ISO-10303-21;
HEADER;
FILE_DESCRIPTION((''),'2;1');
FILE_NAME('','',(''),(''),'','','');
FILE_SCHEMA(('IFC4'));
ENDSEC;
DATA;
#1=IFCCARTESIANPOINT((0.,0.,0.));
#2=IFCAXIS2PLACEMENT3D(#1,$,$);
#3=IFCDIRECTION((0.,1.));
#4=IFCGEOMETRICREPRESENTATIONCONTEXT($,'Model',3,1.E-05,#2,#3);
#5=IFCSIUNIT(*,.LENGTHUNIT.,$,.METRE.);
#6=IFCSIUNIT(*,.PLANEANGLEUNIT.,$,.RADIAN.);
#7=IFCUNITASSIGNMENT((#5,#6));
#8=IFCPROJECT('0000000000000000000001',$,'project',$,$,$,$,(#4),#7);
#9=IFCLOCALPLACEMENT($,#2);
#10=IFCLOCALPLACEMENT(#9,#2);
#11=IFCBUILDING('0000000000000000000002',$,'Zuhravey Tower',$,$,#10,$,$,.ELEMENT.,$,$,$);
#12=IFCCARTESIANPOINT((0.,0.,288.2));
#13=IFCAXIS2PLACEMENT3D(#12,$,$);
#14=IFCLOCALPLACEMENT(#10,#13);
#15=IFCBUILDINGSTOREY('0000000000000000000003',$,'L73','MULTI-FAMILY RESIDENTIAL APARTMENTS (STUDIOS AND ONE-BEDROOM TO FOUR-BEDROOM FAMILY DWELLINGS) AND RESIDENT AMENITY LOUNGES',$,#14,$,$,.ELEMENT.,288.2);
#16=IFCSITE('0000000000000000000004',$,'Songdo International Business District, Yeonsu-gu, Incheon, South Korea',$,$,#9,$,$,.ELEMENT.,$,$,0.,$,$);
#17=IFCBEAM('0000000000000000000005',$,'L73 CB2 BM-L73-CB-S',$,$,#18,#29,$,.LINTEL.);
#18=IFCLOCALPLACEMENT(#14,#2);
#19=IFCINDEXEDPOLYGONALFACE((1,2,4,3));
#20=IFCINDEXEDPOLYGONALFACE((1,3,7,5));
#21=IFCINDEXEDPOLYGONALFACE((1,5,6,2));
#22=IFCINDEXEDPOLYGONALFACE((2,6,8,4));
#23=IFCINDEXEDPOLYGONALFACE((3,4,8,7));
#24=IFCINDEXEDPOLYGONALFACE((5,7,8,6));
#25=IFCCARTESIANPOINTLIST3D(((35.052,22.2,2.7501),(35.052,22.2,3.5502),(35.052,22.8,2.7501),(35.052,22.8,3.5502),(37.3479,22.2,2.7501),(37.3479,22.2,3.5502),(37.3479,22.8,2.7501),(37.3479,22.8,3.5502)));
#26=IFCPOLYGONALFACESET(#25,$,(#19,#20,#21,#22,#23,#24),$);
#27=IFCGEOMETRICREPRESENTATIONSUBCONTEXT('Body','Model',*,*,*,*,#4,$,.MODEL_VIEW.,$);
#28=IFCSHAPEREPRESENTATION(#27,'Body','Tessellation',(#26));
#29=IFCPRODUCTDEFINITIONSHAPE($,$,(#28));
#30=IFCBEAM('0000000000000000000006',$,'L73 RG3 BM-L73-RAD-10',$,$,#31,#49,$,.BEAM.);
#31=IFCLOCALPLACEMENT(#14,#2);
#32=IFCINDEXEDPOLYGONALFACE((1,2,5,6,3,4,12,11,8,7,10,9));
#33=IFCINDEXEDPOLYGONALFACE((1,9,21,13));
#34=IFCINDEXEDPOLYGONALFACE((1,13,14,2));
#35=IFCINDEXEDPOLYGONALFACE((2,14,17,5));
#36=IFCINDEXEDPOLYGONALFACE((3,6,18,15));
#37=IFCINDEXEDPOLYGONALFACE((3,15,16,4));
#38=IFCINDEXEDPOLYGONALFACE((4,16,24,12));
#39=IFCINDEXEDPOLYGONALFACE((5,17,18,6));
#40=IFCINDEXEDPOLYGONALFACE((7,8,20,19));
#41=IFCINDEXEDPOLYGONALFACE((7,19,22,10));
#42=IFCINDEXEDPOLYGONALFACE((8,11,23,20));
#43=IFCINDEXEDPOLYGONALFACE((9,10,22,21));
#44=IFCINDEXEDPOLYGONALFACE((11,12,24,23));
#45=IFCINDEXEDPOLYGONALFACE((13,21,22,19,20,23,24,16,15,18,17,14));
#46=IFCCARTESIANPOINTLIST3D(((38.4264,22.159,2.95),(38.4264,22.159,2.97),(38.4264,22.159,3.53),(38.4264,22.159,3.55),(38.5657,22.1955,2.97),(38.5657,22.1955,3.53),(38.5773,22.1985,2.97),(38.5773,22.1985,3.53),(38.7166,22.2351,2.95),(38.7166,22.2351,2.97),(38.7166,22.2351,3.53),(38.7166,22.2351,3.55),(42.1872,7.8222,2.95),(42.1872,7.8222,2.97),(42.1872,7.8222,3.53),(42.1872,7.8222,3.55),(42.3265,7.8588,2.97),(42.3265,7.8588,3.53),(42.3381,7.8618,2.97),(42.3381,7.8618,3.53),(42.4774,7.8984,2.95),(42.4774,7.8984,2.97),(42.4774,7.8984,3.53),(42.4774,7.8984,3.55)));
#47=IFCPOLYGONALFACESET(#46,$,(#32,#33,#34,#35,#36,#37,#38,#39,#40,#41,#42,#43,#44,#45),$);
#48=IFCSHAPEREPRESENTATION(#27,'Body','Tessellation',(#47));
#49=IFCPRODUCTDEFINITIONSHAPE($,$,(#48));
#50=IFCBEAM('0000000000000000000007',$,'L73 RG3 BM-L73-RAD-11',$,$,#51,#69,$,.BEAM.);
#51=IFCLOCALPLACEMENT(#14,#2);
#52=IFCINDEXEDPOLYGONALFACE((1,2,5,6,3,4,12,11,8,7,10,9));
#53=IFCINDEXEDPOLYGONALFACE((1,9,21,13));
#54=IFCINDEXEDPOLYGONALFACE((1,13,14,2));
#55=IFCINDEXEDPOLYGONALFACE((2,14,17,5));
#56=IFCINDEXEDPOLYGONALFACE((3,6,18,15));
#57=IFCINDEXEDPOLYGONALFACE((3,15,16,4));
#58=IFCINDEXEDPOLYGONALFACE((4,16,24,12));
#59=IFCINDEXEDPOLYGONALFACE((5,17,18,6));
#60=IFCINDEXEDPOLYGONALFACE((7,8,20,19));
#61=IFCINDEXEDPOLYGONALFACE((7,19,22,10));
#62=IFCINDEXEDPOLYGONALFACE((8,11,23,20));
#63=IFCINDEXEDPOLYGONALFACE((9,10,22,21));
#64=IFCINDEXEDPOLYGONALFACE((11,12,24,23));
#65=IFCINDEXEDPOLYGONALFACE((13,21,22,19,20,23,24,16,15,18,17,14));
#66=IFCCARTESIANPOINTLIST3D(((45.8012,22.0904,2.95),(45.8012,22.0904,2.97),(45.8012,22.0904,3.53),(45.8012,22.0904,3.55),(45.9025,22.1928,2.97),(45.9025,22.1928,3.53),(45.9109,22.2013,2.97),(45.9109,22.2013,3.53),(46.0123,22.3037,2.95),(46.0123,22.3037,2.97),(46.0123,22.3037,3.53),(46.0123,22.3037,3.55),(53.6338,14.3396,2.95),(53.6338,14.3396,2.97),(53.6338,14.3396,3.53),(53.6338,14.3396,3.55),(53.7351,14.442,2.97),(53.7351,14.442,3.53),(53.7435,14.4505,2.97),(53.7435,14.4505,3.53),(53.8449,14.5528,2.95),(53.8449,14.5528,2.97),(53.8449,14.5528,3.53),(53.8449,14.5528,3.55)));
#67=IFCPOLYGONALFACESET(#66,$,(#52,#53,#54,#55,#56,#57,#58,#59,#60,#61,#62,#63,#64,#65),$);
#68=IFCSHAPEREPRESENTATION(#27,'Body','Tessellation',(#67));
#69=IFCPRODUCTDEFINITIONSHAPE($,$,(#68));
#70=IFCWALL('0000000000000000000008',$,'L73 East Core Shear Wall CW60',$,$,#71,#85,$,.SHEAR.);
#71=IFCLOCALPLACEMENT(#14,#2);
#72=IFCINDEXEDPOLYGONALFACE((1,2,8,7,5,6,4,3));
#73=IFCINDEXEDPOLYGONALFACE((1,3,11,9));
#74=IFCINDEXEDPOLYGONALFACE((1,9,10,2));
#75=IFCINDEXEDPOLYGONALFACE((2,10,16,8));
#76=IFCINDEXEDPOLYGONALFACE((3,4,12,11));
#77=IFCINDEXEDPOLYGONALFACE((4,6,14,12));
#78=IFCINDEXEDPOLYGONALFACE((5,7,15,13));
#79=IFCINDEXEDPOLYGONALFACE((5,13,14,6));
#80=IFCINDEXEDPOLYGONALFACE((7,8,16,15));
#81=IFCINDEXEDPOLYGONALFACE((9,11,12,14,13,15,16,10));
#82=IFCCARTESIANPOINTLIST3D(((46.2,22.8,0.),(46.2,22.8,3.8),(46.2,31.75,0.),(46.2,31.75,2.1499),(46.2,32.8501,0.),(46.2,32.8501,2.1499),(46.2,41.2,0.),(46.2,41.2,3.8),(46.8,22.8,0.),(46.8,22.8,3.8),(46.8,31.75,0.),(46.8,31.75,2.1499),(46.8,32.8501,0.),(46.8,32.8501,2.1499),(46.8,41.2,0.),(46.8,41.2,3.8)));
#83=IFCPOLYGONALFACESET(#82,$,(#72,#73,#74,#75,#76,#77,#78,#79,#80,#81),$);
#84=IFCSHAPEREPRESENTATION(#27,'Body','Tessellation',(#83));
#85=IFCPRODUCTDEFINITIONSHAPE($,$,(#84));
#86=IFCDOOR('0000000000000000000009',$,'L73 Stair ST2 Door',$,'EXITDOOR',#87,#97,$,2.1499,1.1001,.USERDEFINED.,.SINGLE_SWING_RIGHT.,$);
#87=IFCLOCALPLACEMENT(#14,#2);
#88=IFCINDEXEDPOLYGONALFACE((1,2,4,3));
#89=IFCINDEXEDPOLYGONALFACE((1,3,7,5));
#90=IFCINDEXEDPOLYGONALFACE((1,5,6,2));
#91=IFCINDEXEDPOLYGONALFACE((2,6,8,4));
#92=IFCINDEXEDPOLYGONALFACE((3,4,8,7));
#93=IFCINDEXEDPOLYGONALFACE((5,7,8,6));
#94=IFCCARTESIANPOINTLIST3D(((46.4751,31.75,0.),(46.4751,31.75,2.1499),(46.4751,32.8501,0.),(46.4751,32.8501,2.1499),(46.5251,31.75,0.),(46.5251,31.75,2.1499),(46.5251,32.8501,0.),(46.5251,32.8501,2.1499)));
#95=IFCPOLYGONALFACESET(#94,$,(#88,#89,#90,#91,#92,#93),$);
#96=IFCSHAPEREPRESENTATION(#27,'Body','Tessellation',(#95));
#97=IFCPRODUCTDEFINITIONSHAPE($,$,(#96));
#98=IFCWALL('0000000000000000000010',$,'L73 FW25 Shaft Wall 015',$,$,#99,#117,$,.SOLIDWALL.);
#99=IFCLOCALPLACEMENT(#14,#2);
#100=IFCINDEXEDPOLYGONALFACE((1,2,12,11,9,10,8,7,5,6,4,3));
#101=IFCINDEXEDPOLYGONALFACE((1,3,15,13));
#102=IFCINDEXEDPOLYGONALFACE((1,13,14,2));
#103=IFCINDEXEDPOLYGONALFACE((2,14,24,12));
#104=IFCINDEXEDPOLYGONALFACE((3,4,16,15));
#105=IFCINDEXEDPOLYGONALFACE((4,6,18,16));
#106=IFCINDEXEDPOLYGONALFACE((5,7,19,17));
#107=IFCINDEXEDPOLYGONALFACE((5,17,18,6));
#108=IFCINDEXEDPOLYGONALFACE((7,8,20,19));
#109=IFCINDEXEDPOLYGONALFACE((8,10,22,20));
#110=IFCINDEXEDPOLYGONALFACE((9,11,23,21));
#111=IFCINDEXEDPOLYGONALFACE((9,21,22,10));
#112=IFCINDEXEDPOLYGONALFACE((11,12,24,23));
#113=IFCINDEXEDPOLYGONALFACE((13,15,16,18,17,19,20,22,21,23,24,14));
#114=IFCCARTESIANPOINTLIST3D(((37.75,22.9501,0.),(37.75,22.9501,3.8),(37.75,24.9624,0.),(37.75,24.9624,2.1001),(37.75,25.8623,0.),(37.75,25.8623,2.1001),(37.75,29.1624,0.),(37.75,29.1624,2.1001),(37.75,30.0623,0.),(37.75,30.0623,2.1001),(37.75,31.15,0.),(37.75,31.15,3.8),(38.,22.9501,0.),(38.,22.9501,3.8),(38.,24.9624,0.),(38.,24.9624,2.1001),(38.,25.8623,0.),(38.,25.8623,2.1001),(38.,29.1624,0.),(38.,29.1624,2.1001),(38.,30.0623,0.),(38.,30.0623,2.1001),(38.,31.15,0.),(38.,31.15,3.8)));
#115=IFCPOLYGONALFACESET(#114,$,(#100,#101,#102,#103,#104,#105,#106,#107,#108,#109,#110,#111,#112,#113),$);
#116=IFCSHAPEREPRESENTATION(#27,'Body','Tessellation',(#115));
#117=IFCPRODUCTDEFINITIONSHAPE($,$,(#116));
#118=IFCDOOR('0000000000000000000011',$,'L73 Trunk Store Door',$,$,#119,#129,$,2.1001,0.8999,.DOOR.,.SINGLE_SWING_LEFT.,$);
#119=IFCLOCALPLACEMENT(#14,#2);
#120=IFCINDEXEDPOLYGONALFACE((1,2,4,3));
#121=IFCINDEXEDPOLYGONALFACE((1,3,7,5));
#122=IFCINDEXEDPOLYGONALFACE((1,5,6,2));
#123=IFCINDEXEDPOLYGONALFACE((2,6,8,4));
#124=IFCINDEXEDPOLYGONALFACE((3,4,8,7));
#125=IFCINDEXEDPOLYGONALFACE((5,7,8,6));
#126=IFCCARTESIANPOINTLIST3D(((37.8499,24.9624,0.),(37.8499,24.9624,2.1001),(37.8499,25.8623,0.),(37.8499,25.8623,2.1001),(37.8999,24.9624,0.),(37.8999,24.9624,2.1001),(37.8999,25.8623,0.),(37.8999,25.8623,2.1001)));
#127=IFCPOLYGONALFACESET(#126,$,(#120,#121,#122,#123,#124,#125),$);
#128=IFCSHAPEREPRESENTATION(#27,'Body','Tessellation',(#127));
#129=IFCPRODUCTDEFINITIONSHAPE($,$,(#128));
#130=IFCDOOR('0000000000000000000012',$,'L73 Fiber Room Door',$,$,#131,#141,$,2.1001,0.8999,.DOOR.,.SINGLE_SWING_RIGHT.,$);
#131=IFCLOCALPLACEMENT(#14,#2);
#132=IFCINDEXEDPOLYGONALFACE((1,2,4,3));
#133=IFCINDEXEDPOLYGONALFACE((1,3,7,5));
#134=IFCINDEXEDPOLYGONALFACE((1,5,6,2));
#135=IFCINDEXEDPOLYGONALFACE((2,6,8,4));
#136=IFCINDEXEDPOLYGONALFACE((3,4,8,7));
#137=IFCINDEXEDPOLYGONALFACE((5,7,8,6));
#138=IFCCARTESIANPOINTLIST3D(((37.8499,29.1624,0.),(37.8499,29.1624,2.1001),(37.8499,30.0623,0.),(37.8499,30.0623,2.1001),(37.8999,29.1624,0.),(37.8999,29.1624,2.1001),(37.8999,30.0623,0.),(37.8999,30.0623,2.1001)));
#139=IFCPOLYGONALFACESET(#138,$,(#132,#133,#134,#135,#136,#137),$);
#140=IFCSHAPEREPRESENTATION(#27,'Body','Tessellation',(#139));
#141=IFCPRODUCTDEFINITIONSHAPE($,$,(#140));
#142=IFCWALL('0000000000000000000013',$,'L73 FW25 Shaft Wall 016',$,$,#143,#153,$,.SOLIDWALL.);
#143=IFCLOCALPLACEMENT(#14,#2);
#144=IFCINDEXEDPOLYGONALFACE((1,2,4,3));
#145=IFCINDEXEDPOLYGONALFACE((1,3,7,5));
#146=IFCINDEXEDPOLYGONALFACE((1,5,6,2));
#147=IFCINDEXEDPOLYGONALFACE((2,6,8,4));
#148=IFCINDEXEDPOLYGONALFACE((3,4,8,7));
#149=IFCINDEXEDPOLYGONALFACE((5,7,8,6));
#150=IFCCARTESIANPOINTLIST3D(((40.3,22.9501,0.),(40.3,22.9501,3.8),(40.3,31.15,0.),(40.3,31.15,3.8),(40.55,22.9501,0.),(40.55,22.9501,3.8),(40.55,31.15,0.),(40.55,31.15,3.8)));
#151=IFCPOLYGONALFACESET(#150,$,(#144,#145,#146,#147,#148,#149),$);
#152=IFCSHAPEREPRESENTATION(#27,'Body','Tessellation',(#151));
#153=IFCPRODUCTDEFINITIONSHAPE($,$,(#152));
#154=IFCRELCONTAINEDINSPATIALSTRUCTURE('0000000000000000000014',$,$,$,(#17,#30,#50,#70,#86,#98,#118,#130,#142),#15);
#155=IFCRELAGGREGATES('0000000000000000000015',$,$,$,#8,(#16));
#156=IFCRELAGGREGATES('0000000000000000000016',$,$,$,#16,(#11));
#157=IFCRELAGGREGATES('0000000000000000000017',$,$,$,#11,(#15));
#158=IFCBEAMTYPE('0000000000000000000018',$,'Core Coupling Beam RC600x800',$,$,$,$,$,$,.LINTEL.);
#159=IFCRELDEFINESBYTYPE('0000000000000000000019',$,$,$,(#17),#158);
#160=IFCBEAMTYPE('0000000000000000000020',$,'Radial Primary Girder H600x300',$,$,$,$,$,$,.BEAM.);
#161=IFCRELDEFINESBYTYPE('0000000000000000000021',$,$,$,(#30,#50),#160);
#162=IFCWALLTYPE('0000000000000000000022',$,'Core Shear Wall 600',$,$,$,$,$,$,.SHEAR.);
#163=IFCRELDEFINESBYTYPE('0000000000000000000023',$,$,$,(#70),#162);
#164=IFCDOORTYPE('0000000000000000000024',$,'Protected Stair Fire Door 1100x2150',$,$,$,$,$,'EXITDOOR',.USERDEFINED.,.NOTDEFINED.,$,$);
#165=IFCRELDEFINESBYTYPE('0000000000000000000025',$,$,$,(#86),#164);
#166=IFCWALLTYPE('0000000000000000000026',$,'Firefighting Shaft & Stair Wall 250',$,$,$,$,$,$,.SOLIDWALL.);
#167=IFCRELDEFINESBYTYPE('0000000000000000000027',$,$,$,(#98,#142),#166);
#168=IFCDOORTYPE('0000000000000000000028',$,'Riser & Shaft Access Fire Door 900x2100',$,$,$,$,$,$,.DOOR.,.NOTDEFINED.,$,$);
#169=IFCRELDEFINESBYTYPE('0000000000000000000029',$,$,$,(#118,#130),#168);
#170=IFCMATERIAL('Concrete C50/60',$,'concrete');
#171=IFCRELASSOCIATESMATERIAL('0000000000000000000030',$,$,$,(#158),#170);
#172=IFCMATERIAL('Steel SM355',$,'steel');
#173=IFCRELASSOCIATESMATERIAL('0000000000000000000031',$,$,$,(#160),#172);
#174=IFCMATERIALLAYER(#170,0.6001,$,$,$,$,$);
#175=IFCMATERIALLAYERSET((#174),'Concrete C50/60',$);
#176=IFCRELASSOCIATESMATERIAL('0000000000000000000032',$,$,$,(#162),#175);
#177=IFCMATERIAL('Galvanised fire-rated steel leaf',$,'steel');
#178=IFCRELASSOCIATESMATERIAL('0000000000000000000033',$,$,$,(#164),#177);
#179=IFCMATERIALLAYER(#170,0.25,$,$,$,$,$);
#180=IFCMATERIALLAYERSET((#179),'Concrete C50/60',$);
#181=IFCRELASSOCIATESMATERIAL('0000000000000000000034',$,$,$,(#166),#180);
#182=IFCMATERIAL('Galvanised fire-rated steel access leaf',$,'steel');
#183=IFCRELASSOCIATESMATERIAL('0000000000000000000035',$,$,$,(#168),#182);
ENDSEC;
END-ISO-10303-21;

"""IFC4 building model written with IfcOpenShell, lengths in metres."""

from ifc_helpers import new_model, si_unit, direction, frame, frame_2d, origin, origin_2d, place, context, subcontext, project, spatial, rectangle, i_section, extrude, material, layer, layer_set, material_profile, profile_set, type_object, element, fill, save


model = new_model("IFC4")

# Units and contexts
model_context = context("Model", 3, precision=1e-05, world=origin(), true_north=direction((0.0, 1.0)))
body_context = subcontext(model_context, "Body", "Model", "MODEL_VIEW")
ifc_project = project(units=[si_unit("LENGTHUNIT", "METRE"), si_unit("PLANEANGLEUNIT", "RADIAN")], contexts=[model_context])

# Site, building, storey
site_placement = place(None, origin())
site = spatial("IfcSite", under=ifc_project, at=site_placement, Name="Songdo International Business District, Yeonsu-gu, Incheon, South Korea", CompositionType="ELEMENT", RefElevation=0.0)
building_placement = place(site_placement, origin())
building = spatial("IfcBuilding", under=site, at=building_placement, Name="Zuhravey Tower", CompositionType="ELEMENT")
storey_placement = place(building_placement, frame((0.0, 0.0, 288.2)))
storey = spatial("IfcBuildingStorey", under=building, at=storey_placement, Name="L73", Description="MULTI-FAMILY RESIDENTIAL APARTMENTS (STUDIOS AND ONE-BEDROOM TO FOUR-BEDROOM FAMILY DWELLINGS) AND RESIDENT AMENITY LOUNGES", CompositionType="ELEMENT", Elevation=288.2)

# Beams
ifc_material_1 = material(Name="Concrete C50/60", Category="concrete")
ifc_material_profile_1 = material_profile(ifc_material_1, rectangle(XDim=0.6001, YDim=0.8, at=origin_2d()), Name="RC-600x800")
ifc_profile_set_1 = profile_set([ifc_material_profile_1], Name="Concrete C50/60")
beam_type_1 = type_object("IfcBeamType", Name="Core Coupling Beam RC600x800", PredefinedType="LINTEL", material=ifc_profile_set_1)
beam_1_placement = place(storey_placement, frame((35.052, 22.5, 3.1501), z_axis=(1.0, 0.0, 0.0), x_axis=(0.0, 1.0, 0.0)))
element("IfcBeam", 1, at=beam_1_placement, inside=storey, type_object=beam_type_1, Name="L73 CB2 BM-L73-CB-S", PredefinedType="LINTEL", context=body_context, shape_type="SweptSolid", body=[
    extrude(rectangle(XDim=0.6001, YDim=0.8, at=origin_2d()), origin(), (0.0, 0.0, 1.0), 2.2959),
])
ifc_material_2 = material(Name="Steel SM355", Category="steel")
ifc_material_profile_2 = material_profile(ifc_material_2, i_section(OverallWidth=0.3, OverallDepth=0.6001, WebThickness=0.012, FlangeThickness=0.02, at=origin_2d()), Name="H-600x300x12x20")
ifc_profile_set_2 = profile_set([ifc_material_profile_2], Name="Steel SM355")
beam_type_2 = type_object("IfcBeamType", Name="Radial Primary Girder H600x300", PredefinedType="BEAM", material=ifc_profile_set_2)
beam_2_placement = place(storey_placement, frame((38.5715, 22.197, 3.25), z_axis=(0.253732, -0.967275, 0.0), x_axis=(0.967275, 0.253732, 0.0)))
element("IfcBeam", 2, at=beam_2_placement, inside=storey, type_object=beam_type_2, Name="L73 RG3 BM-L73-RAD-10", PredefinedType="BEAM", context=body_context, shape_type="SweptSolid", body=[
    extrude(i_section(OverallWidth=0.3, OverallDepth=0.6001, WebThickness=0.012, FlangeThickness=0.02, at=origin_2d()), origin(), (0.0, 0.0, 1.0), 14.8218),
])
beam_3_placement = place(storey_placement, frame((45.9067, 22.197, 3.25), z_axis=(0.710808, -0.703386, 0.0), x_axis=(0.703386, 0.710808, 0.0)))
element("IfcBeam", 3, at=beam_3_placement, inside=storey, type_object=beam_type_2, Name="L73 RG3 BM-L73-RAD-11", PredefinedType="BEAM", context=body_context, shape_type="SweptSolid", body=[
    extrude(i_section(OverallWidth=0.3, OverallDepth=0.6001, WebThickness=0.012, FlangeThickness=0.02, at=origin_2d()), origin(), (0.0, 0.0, 1.0), 11.0193),
])

# Wall, opening, door
ifc_layer_1 = layer(ifc_material_1, 0.6001)
ifc_layer_set_1 = layer_set([ifc_layer_1], Name="Concrete C50/60")
wall_type_1 = type_object("IfcWallType", Name="Core Shear Wall 600", PredefinedType="SHEAR", material=ifc_layer_set_1)
ifc_material_3 = material(Name="Galvanised fire-rated steel leaf", Category="steel")
wall_1_placement = place(storey_placement, frame((46.5, 22.8, 0.0), z_axis=(0.0, 0.0, 1.0), x_axis=(0.0, 1.0, 0.0)))
wall_1 = element("IfcWall", 4, at=wall_1_placement, inside=storey, type_object=wall_type_1, Name="L73 East Core Shear Wall CW60", PredefinedType="SHEAR", context=body_context, shape_type="SweptSolid", body=[
    extrude(rectangle(XDim=18.3999, YDim=0.6001, at=frame_2d((9.2, 0.0))), origin(), (0.0, 0.0, 1.0), 3.8),
])
opening_1_placement = place(wall_1_placement, frame((8.95, 0.0, 0.0)))
opening_1 = element("IfcOpeningElement", 5, at=opening_1_placement, cuts=wall_1, PredefinedType="OPENING", context=body_context, shape_type="SweptSolid", body=[
    extrude(rectangle(XDim=1.1001, YDim=2.1499, at=frame_2d((0.55, 1.075))), frame((0.0, 0.312, 0.0), z_axis=(0.0, -1.0, 0.0), x_axis=(1.0, 0.0, 0.0)), (0.0, 0.0, 1.0), 0.624),
])
door_type_1 = type_object("IfcDoorType", Name="Protected Stair Fire Door 1100x2150", ElementType="EXITDOOR", OperationType="NOTDEFINED", PredefinedType="USERDEFINED", material=ifc_material_3)
door_1_placement = place(opening_1_placement, origin())
door_1 = element("IfcDoor", 6, at=door_1_placement, inside=storey, type_object=door_type_1, Name="L73 Stair ST2 Door", ObjectType="EXITDOOR", OperationType="SINGLE_SWING_RIGHT", OverallHeight=2.1499, OverallWidth=1.1001, PredefinedType="USERDEFINED", context=body_context, shape_type="SweptSolid", body=[
    extrude(rectangle(XDim=1.1001, YDim=2.1499, at=frame_2d((0.55, 1.075))), frame((0.0, 0.0249, 0.0), z_axis=(0.0, -1.0, 0.0), x_axis=(1.0, 0.0, 0.0)), (0.0, 0.0, 1.0), 0.05),
])
fill(opening_1, door_1)
ifc_layer_2 = layer(ifc_material_1, 0.25)
ifc_layer_set_2 = layer_set([ifc_layer_2], Name="Concrete C50/60")
wall_type_2 = type_object("IfcWallType", Name="Firefighting Shaft & Stair Wall 250", PredefinedType="SOLIDWALL", material=ifc_layer_set_2)

# Wall, openings, doors
wall_2_placement = place(storey_placement, frame((37.875, 22.95, 0.0), z_axis=(0.0, 0.0, 1.0), x_axis=(0.0, 1.0, 0.0)))
wall_2 = element("IfcWall", 7, at=wall_2_placement, inside=storey, type_object=wall_type_2, Name="L73 FW25 Shaft Wall 015", PredefinedType="SOLIDWALL", context=body_context, shape_type="SweptSolid", body=[
    extrude(rectangle(XDim=8.2, YDim=0.25, at=frame_2d((4.1001, 0.0))), origin(), (0.0, 0.0, 1.0), 3.8),
])
opening_2_placement = place(wall_2_placement, frame((2.0125, 0.0, 0.0)))
opening_2 = element("IfcOpeningElement", 8, at=opening_2_placement, cuts=wall_2, PredefinedType="OPENING", context=body_context, shape_type="SweptSolid", body=[
    extrude(rectangle(XDim=0.8999, YDim=2.1001, at=frame_2d((0.45, 1.05))), frame((0.0, 0.137, 0.0), z_axis=(0.0, -1.0, 0.0), x_axis=(1.0, 0.0, 0.0)), (0.0, 0.0, 1.0), 0.2739),
])
opening_3_placement = place(wall_2_placement, frame((6.2124, 0.0, 0.0)))
opening_3 = element("IfcOpeningElement", 9, at=opening_3_placement, cuts=wall_2, PredefinedType="OPENING", context=body_context, shape_type="SweptSolid", body=[
    extrude(rectangle(XDim=0.8999, YDim=2.1001, at=frame_2d((0.45, 1.05))), frame((0.0, 0.137, 0.0), z_axis=(0.0, -1.0, 0.0), x_axis=(1.0, 0.0, 0.0)), (0.0, 0.0, 1.0), 0.2739),
])
ifc_material_4 = material(Name="Galvanised fire-rated steel access leaf", Category="steel")
door_type_2 = type_object("IfcDoorType", Name="Riser & Shaft Access Fire Door 900x2100", OperationType="NOTDEFINED", PredefinedType="DOOR", material=ifc_material_4)
door_2_placement = place(opening_2_placement, frame((0.8999, 0.0, 0.0), z_axis=(0.0, 0.0, 1.0), x_axis=(-1.0, 0.0, 0.0)))
door_2 = element("IfcDoor", 10, at=door_2_placement, inside=storey, type_object=door_type_2, Name="L73 Trunk Store Door", OperationType="SINGLE_SWING_LEFT", OverallHeight=2.1001, OverallWidth=0.8999, PredefinedType="DOOR", context=body_context, shape_type="SweptSolid", body=[
    extrude(rectangle(XDim=0.8999, YDim=2.1001, at=frame_2d((0.45, 1.05))), frame((0.0, 0.0249, 0.0), z_axis=(0.0, -1.0, 0.0), x_axis=(1.0, 0.0, 0.0)), (0.0, 0.0, 1.0), 0.05),
])
fill(opening_2, door_2)
door_3_placement = place(opening_3_placement, frame((0.8999, 0.0, 0.0), z_axis=(0.0, 0.0, 1.0), x_axis=(-1.0, 0.0, 0.0)))
door_3 = element("IfcDoor", 11, at=door_3_placement, inside=storey, type_object=door_type_2, Name="L73 Fiber Room Door", OperationType="SINGLE_SWING_RIGHT", OverallHeight=2.1001, OverallWidth=0.8999, PredefinedType="DOOR", context=body_context, shape_type="SweptSolid", body=[
    extrude(rectangle(XDim=0.8999, YDim=2.1001, at=frame_2d((0.45, 1.05))), frame((0.0, 0.0249, 0.0), z_axis=(0.0, -1.0, 0.0), x_axis=(1.0, 0.0, 0.0)), (0.0, 0.0, 1.0), 0.05),
])
fill(opening_3, door_3)

# Wall
wall_3_placement = place(storey_placement, frame((40.425, 22.95, 0.0), z_axis=(0.0, 0.0, 1.0), x_axis=(0.0, 1.0, 0.0)))
element("IfcWall", 12, at=wall_3_placement, inside=storey, type_object=wall_type_2, Name="L73 FW25 Shaft Wall 016", PredefinedType="SOLIDWALL", context=body_context, shape_type="SweptSolid", body=[
    extrude(rectangle(XDim=8.2, YDim=0.25, at=frame_2d((4.1001, 0.0))), origin(), (0.0, 0.0, 1.0), 3.8),
])

save(model, "model.ifc")
